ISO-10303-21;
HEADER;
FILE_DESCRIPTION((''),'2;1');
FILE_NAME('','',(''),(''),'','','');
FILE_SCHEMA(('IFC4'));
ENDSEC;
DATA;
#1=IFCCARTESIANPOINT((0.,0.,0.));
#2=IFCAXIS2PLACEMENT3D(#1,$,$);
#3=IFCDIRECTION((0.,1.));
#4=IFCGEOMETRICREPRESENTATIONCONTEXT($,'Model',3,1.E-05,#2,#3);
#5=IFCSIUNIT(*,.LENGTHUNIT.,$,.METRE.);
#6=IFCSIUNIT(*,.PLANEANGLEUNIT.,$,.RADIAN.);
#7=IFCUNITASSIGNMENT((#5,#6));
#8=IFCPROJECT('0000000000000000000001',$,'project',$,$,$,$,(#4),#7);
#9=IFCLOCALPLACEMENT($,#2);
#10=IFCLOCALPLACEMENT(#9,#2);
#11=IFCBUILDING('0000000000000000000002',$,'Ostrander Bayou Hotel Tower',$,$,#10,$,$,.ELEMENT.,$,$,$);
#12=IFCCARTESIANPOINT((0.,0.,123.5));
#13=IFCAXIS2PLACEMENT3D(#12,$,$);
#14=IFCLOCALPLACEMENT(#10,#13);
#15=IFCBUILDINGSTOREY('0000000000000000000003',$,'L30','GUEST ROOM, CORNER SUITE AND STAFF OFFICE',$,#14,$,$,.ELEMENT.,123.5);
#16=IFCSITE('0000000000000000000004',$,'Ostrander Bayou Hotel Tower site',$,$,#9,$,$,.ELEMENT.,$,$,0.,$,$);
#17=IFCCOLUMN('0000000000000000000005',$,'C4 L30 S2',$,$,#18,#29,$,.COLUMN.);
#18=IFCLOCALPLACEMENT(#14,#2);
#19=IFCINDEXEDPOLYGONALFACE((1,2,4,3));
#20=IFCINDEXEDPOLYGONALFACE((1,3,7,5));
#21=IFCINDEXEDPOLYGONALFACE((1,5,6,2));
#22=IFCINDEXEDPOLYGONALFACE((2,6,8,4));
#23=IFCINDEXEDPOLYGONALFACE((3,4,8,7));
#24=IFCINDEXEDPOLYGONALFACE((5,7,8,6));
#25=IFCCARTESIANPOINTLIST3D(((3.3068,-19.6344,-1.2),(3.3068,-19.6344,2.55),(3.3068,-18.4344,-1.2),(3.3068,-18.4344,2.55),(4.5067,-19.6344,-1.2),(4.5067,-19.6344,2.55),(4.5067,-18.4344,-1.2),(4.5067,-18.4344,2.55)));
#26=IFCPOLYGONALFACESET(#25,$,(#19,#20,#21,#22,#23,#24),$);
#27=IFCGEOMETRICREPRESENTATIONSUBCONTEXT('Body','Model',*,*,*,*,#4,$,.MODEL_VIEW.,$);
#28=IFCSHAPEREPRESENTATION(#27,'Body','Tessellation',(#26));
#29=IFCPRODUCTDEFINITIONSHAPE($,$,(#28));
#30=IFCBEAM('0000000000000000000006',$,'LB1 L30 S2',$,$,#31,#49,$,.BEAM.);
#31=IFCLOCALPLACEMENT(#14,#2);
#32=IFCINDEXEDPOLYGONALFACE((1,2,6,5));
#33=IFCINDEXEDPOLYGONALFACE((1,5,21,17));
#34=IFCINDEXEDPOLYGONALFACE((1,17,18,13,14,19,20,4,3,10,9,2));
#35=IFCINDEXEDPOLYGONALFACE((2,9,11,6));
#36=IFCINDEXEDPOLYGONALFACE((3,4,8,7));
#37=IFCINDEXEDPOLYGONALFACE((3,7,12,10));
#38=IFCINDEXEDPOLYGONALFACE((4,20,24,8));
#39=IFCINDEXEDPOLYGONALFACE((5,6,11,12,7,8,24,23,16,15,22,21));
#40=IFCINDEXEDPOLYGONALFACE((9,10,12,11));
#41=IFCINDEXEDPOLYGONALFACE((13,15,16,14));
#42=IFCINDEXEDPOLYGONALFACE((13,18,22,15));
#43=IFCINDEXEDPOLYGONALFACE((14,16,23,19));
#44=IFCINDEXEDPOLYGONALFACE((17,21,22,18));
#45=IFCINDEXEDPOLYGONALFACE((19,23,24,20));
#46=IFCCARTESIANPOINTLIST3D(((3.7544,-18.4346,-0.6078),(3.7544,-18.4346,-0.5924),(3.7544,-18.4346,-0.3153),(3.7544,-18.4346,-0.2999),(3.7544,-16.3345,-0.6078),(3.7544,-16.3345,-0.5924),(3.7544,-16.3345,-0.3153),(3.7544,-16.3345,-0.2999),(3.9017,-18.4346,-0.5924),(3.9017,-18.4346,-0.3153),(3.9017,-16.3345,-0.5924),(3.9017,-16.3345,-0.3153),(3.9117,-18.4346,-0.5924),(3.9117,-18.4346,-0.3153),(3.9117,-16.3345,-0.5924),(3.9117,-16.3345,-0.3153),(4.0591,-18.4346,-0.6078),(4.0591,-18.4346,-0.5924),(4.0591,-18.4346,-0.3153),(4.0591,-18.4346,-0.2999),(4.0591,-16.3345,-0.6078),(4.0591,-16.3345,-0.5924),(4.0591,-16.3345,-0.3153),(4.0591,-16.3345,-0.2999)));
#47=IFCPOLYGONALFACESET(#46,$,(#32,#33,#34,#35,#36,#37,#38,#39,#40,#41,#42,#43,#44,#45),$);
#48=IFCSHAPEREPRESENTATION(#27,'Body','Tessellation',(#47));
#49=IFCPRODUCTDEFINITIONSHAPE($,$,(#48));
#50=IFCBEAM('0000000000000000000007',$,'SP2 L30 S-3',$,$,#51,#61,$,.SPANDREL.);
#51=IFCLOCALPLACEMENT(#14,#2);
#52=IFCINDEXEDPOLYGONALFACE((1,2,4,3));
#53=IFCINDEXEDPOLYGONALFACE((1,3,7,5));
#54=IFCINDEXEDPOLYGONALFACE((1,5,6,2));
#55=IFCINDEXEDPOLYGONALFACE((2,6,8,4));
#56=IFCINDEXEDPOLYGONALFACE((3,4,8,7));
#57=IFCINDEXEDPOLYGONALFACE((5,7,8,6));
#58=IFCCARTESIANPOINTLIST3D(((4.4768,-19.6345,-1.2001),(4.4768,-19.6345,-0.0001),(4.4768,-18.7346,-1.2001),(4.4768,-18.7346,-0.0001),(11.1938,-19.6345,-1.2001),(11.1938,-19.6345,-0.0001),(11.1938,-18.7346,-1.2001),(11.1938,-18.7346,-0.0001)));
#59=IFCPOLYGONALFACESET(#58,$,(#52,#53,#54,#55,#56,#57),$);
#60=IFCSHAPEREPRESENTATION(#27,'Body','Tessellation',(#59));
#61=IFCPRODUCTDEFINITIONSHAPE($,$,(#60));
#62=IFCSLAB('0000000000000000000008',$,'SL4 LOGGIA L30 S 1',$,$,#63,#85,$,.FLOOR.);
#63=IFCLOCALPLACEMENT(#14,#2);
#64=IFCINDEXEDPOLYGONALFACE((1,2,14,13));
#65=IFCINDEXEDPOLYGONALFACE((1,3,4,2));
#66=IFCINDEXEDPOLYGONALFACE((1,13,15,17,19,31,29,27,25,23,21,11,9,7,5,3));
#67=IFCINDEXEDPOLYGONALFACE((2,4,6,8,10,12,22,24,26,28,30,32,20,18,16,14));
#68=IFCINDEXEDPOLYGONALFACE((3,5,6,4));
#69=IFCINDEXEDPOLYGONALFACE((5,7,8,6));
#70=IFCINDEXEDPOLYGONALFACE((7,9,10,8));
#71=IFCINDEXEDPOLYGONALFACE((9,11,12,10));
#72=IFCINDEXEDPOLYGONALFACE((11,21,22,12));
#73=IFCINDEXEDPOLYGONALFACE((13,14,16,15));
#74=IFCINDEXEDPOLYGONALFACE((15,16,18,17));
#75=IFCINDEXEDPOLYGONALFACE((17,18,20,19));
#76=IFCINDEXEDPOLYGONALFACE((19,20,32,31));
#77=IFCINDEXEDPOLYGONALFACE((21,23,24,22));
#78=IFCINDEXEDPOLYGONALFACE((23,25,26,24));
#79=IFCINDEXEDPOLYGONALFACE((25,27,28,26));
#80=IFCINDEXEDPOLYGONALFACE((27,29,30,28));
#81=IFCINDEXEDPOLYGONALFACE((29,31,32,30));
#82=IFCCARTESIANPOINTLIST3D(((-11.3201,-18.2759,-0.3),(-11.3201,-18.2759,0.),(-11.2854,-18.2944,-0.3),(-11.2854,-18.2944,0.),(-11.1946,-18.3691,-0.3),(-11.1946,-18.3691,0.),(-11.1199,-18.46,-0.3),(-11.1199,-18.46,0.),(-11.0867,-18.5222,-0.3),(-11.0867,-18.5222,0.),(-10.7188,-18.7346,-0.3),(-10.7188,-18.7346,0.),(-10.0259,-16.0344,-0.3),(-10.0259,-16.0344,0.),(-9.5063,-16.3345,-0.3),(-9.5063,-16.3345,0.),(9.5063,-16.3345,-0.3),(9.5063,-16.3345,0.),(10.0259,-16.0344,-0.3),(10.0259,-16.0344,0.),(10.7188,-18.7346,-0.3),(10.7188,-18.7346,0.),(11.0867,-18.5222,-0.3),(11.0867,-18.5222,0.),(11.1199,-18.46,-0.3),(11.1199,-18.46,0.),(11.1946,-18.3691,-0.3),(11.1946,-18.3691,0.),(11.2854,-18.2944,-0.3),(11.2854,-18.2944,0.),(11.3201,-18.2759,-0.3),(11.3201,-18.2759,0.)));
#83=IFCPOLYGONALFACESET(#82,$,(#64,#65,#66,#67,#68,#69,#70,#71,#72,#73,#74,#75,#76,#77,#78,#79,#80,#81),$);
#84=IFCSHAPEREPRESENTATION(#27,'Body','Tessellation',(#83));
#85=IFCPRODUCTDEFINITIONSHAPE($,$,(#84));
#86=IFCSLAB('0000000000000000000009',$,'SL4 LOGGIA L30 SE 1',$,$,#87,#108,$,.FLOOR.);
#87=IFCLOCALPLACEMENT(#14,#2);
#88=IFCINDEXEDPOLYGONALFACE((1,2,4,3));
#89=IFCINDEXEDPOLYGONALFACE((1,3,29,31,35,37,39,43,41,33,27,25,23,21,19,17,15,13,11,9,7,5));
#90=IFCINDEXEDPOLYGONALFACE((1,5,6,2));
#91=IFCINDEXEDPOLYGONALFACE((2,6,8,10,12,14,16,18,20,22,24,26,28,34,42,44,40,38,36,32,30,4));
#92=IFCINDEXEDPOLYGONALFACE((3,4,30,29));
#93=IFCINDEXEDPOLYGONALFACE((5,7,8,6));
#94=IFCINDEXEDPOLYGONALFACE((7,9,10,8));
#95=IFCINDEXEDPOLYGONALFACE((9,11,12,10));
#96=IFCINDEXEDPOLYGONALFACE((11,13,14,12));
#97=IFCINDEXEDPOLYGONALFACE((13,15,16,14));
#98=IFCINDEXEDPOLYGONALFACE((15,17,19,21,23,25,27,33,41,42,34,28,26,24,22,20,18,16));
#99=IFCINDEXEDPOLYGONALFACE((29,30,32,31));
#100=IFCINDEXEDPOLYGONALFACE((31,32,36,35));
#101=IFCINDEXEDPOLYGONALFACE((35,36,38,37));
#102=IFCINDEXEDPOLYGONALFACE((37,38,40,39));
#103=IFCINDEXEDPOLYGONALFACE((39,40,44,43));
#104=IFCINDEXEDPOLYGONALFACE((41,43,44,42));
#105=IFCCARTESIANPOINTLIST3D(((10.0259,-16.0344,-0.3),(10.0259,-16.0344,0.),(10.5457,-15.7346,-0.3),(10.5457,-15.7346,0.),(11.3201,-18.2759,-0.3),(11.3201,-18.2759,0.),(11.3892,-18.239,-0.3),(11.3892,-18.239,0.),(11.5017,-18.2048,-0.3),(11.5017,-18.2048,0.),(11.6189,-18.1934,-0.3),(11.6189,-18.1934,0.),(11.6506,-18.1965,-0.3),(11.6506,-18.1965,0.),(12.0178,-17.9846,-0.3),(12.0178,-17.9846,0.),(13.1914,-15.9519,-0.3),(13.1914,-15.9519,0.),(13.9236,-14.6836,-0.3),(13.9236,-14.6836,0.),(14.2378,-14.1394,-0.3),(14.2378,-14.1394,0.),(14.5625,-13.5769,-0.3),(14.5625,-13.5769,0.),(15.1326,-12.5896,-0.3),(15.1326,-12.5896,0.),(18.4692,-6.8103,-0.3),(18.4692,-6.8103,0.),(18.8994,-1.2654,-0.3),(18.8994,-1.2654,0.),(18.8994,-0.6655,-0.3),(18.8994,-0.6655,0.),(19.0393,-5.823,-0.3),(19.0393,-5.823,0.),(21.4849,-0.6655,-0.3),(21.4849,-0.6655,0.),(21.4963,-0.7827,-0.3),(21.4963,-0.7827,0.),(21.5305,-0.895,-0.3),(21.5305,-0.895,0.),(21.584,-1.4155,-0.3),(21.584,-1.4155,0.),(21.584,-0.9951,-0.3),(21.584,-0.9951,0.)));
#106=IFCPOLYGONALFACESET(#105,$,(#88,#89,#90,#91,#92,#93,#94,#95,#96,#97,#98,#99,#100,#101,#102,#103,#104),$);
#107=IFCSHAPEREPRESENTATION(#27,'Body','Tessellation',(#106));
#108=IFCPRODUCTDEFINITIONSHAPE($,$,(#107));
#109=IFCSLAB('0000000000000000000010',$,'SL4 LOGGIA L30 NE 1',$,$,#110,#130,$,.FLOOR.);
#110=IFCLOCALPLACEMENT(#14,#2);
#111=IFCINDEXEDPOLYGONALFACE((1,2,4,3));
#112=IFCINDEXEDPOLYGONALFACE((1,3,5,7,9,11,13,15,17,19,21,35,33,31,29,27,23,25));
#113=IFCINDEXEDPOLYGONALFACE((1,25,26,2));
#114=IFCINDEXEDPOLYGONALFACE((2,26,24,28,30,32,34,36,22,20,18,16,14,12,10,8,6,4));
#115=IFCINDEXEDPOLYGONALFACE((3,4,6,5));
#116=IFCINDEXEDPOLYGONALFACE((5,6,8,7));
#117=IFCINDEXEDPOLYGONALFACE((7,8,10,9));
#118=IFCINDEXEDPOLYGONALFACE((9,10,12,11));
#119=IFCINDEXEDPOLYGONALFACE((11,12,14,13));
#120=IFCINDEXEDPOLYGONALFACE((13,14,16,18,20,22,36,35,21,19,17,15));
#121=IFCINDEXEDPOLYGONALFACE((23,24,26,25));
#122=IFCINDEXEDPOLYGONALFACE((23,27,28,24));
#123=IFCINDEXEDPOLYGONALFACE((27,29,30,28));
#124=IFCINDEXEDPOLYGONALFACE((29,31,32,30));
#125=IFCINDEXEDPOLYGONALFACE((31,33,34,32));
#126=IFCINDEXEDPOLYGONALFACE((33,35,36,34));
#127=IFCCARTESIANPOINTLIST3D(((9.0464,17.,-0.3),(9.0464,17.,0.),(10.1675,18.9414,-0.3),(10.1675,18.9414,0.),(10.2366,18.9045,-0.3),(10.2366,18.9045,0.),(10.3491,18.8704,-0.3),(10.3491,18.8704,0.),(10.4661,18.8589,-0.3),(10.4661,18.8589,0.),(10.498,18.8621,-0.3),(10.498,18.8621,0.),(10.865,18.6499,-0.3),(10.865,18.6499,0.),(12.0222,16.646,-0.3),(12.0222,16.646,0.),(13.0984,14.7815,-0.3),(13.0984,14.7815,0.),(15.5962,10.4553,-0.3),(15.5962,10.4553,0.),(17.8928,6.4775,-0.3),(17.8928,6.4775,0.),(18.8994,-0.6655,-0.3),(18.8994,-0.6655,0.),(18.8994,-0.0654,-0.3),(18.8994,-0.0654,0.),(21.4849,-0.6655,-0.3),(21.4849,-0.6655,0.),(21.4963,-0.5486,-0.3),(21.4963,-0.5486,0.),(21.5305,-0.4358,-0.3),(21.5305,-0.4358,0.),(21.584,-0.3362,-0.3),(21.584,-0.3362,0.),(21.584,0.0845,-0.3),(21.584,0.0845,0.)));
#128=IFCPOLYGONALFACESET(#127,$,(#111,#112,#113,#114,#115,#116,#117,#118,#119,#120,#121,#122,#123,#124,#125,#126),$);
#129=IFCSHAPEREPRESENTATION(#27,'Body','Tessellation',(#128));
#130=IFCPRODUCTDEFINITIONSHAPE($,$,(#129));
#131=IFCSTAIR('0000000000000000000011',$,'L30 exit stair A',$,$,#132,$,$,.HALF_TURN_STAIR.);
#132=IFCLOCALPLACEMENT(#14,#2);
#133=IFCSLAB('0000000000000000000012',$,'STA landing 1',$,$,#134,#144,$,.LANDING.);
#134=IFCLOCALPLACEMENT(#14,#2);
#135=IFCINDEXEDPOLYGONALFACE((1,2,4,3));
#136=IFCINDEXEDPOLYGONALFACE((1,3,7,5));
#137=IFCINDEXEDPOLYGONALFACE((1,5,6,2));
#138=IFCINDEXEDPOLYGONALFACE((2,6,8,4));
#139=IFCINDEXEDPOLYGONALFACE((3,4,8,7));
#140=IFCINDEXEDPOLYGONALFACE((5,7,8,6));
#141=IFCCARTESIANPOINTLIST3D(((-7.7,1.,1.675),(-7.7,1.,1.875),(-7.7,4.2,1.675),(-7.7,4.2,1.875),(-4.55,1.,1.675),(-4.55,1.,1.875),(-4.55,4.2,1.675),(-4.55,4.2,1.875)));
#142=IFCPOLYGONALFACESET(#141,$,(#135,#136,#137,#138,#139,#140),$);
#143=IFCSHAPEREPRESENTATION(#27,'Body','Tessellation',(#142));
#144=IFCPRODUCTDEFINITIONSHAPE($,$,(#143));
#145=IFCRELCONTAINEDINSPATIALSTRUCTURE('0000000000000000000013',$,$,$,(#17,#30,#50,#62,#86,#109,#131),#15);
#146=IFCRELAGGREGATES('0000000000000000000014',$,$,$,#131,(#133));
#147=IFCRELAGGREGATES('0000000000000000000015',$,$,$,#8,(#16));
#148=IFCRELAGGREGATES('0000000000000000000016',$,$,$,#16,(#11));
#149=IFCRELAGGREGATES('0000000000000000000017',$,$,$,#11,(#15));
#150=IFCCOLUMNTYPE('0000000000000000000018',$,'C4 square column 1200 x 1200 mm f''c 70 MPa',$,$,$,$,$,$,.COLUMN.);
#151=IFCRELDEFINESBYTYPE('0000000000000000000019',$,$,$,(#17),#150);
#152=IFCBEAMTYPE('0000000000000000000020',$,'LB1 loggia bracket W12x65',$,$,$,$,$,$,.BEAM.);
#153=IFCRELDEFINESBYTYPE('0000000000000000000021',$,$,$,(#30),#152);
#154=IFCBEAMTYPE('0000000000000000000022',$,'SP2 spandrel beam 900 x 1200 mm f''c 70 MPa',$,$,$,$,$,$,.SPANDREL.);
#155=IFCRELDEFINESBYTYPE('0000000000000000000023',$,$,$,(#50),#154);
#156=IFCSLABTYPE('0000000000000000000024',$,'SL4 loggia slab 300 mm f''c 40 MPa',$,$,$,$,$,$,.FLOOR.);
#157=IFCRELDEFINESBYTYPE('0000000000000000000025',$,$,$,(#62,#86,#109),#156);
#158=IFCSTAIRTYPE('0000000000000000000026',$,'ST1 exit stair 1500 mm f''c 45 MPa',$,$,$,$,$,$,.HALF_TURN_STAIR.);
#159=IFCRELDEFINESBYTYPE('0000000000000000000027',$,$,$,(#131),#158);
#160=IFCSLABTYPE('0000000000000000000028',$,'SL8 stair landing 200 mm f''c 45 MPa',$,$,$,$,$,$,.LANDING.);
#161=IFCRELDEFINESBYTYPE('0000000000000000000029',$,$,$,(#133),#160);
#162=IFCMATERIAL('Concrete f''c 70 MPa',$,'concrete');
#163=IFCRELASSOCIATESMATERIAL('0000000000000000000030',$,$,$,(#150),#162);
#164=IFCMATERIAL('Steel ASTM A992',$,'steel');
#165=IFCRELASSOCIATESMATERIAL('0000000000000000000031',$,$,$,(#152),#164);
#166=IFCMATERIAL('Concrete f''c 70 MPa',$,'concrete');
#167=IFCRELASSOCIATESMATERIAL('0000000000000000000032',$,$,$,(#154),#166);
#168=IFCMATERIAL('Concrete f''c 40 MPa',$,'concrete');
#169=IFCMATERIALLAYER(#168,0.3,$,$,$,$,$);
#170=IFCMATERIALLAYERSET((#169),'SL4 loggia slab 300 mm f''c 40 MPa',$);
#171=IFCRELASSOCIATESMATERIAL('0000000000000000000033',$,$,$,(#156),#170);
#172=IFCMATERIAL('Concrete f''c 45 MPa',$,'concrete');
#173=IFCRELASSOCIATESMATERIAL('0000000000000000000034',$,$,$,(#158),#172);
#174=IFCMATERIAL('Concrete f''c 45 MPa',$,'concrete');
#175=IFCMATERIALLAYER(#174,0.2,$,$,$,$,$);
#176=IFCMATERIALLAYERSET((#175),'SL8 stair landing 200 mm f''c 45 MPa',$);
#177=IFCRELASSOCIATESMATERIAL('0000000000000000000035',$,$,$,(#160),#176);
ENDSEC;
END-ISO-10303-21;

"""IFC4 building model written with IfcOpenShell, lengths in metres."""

from ifc_helpers import new_model, si_unit, direction, frame, origin, origin_2d, place, context, subcontext, project, spatial, polyline, rectangle, i_section, outline, extrude, material, layer, layer_set, material_profile, profile_set, type_object, element, aggregate, save


model = new_model("IFC4")

# Units and contexts
model_context = context("Model", 3, precision=1e-05, world=origin(), true_north=direction((0.0, 1.0)))
body_context = subcontext(model_context, "Body", "Model", "MODEL_VIEW")
ifc_project = project(units=[si_unit("LENGTHUNIT", "METRE"), si_unit("PLANEANGLEUNIT", "RADIAN")], contexts=[model_context])

# Site, building, storey
site_placement = place(None, origin())
site = spatial("IfcSite", under=ifc_project, at=site_placement, Name="Ostrander Bayou Hotel Tower site", CompositionType="ELEMENT", RefElevation=0.0)
building_placement = place(site_placement, origin())
building = spatial("IfcBuilding", under=site, at=building_placement, Name="Ostrander Bayou Hotel Tower", CompositionType="ELEMENT")
storey_placement = place(building_placement, frame((0.0, 0.0, 123.5)))
storey = spatial("IfcBuildingStorey", under=building, at=storey_placement, Name="L30", Description="GUEST ROOM, CORNER SUITE AND STAFF OFFICE", CompositionType="ELEMENT", Elevation=123.5)

# Column
ifc_material_1 = material(Name="Concrete f'c 70 MPa", Category="concrete")
ifc_material_profile_1 = material_profile(ifc_material_1, rectangle(XDim=1.2, YDim=1.2, at=origin_2d()))
ifc_profile_set_1 = profile_set([ifc_material_profile_1], Name="Concrete f'c 70 MPa")
column_type = type_object("IfcColumnType", Name="C4 square column 1200 x 1200 mm f'c 70 MPa", PredefinedType="COLUMN", material=ifc_profile_set_1)
column_placement = place(storey_placement, frame((3.9067, -19.0344, -1.2), z_axis=(0.0, 0.0, 1.0), x_axis=(-1.0, 0.0, 0.0)))
element("IfcColumn", 1, at=column_placement, inside=storey, type_object=column_type, Name="C4 L30 S2", PredefinedType="COLUMN", context=body_context, shape_type="SweptSolid", body=[
    extrude(rectangle(XDim=1.2, YDim=1.2, at=origin_2d()), origin(), (0.0, 0.0, 1.0), 3.75),
])

# Beams
ifc_material_2 = material(Name="Steel ASTM A992", Category="steel")
ifc_material_profile_2 = material_profile(ifc_material_2, i_section(OverallWidth=0.3047, OverallDepth=0.3079, WebThickness=0.01, FlangeThickness=0.0154, at=origin_2d()))
ifc_profile_set_2 = profile_set([ifc_material_profile_2], Name="Steel ASTM A992")
beam_type_1 = type_object("IfcBeamType", Name="LB1 loggia bracket W12x65", PredefinedType="BEAM", material=ifc_profile_set_2)
beam_1_placement = place(storey_placement, frame((3.9067, -18.4346, -0.4539), z_axis=(0.0, 1.0, 0.0), x_axis=(-1.0, 0.0, 0.0)))
element("IfcBeam", 2, at=beam_1_placement, inside=storey, type_object=beam_type_1, Name="LB1 L30 S2", PredefinedType="BEAM", context=body_context, shape_type="SweptSolid", body=[
    extrude(i_section(OverallWidth=0.3047, OverallDepth=0.3079, WebThickness=0.01, FlangeThickness=0.0154, at=origin_2d()), origin(), (0.0, 0.0, 1.0), 2.1001),
])
ifc_material_3 = material(Name="Concrete f'c 70 MPa", Category="concrete")
ifc_material_profile_3 = material_profile(ifc_material_3, rectangle(XDim=0.8999, YDim=1.2, at=origin_2d()))
ifc_profile_set_3 = profile_set([ifc_material_profile_3], Name="Concrete f'c 70 MPa")
beam_type_2 = type_object("IfcBeamType", Name="SP2 spandrel beam 900 x 1200 mm f'c 70 MPa", PredefinedType="SPANDREL", material=ifc_profile_set_3)
beam_2_placement = place(storey_placement, frame((4.4768, -19.1846, -0.6001), z_axis=(1.0, 0.0, 0.0), x_axis=(0.0, 1.0, 0.0)))
element("IfcBeam", 3, at=beam_2_placement, inside=storey, type_object=beam_type_2, Name="SP2 L30 S-3", PredefinedType="SPANDREL", context=body_context, shape_type="SweptSolid", body=[
    extrude(rectangle(XDim=0.8999, YDim=1.2, at=origin_2d()), origin(), (0.0, 0.0, 1.0), 6.717),
])

# Slabs
ifc_material_4 = material(Name="Concrete f'c 40 MPa", Category="concrete")
ifc_layer_1 = layer(ifc_material_4, 0.3)
ifc_layer_set_1 = layer_set([ifc_layer_1], Name="SL4 loggia slab 300 mm f'c 40 MPa")
slab_type_1 = type_object("IfcSlabType", Name="SL4 loggia slab 300 mm f'c 40 MPa", PredefinedType="FLOOR", material=ifc_layer_set_1)
slab_1_placement = place(storey_placement, frame((0.0, 0.0, -0.3)))
element("IfcSlab", 4, at=slab_1_placement, inside=storey, type_object=slab_type_1, Name="SL4 LOGGIA L30 S 1", PredefinedType="FLOOR", context=body_context, shape_type="SweptSolid", body=[
    extrude(outline(polyline([(10.0259, -16.0344), (11.3201, -18.2759), (11.2854, -18.2944), (11.1946, -18.3691), (11.1199, -18.46), (11.0867, -18.5222), (10.7188, -18.7346), (-10.7188, -18.7346), (-11.0867, -18.5222), (-11.1199, -18.46), (-11.1946, -18.3691), (-11.2854, -18.2944), (-11.3201, -18.2759), (-10.0259, -16.0344), (-9.5063, -16.3345), (9.5063, -16.3345), (10.0259, -16.0344)])), origin(), (0.0, 0.0, 1.0), 0.3),
])
slab_2_placement = place(storey_placement, frame((0.0, 0.0, -0.3)))
element("IfcSlab", 5, at=slab_2_placement, inside=storey, type_object=slab_type_1, Name="SL4 LOGGIA L30 SE 1", PredefinedType="FLOOR", context=body_context, shape_type="SweptSolid", body=[
    extrude(outline(polyline([(18.8994, -0.6655), (21.4849, -0.6655), (21.4963, -0.7827), (21.5305, -0.895), (21.584, -0.9951), (21.584, -1.4155), (19.0393, -5.823), (18.4692, -6.8103), (15.1326, -12.5896), (14.5625, -13.5769), (14.2378, -14.1394), (13.9236, -14.6836), (13.1914, -15.9519), (12.0178, -17.9846), (11.6506, -18.1965), (11.6189, -18.1934), (11.5017, -18.2048), (11.3892, -18.239), (11.3201, -18.2759), (10.0259, -16.0344), (10.5457, -15.7346), (18.8994, -1.2654), (18.8994, -0.6655)])), origin(), (0.0, 0.0, 1.0), 0.3),
])
slab_3_placement = place(storey_placement, frame((0.0, 0.0, -0.3)))
element("IfcSlab", 6, at=slab_3_placement, inside=storey, type_object=slab_type_1, Name="SL4 LOGGIA L30 NE 1", PredefinedType="FLOOR", context=body_context, shape_type="SweptSolid", body=[
    extrude(outline(polyline([(10.1675, 18.9414), (10.2366, 18.9045), (10.3491, 18.8704), (10.4661, 18.8589), (10.498, 18.8621), (10.865, 18.6499), (12.0222, 16.646), (13.0984, 14.7815), (15.5962, 10.4553), (17.8928, 6.4775), (21.584, 0.0845), (21.584, -0.3362), (21.5305, -0.4358), (21.4963, -0.5486), (21.4849, -0.6655), (18.8994, -0.6655), (18.8994, -0.0654), (9.0464, 17.0), (10.1675, 18.9414)])), origin(), (0.0, 0.0, 1.0), 0.3),
])

# Stair, slab
ifc_material_5 = material(Name="Concrete f'c 45 MPa", Category="concrete")
stair_type = type_object("IfcStairType", Name="ST1 exit stair 1500 mm f'c 45 MPa", PredefinedType="HALF_TURN_STAIR", material=ifc_material_5)
stair_1_placement = place(storey_placement, origin())
stair_1 = element("IfcStair", 7, at=stair_1_placement, inside=storey, type_object=stair_type, Name="L30 exit stair A", PredefinedType="HALF_TURN_STAIR")
ifc_material_6 = material(Name="Concrete f'c 45 MPa", Category="concrete")
ifc_layer_2 = layer(ifc_material_6, 0.2)
ifc_layer_set_2 = layer_set([ifc_layer_2], Name="SL8 stair landing 200 mm f'c 45 MPa")
slab_type_2 = type_object("IfcSlabType", Name="SL8 stair landing 200 mm f'c 45 MPa", PredefinedType="LANDING", material=ifc_layer_set_2)
slab_4_placement = place(storey_placement, frame((0.0, 0.0, 1.675)))
slab_4 = element("IfcSlab", 8, at=slab_4_placement, type_object=slab_type_2, Name="STA landing 1", PredefinedType="LANDING", context=body_context, shape_type="SweptSolid", body=[
    extrude(outline(polyline([(-7.7, 4.2), (-7.7, 1.0), (-4.55, 1.0), (-4.55, 4.2), (-7.7, 4.2)])), origin(), (0.0, 0.0, 1.0), 0.2),
])
aggregate(stair_1, [slab_4])

save(model, "model.ifc")
